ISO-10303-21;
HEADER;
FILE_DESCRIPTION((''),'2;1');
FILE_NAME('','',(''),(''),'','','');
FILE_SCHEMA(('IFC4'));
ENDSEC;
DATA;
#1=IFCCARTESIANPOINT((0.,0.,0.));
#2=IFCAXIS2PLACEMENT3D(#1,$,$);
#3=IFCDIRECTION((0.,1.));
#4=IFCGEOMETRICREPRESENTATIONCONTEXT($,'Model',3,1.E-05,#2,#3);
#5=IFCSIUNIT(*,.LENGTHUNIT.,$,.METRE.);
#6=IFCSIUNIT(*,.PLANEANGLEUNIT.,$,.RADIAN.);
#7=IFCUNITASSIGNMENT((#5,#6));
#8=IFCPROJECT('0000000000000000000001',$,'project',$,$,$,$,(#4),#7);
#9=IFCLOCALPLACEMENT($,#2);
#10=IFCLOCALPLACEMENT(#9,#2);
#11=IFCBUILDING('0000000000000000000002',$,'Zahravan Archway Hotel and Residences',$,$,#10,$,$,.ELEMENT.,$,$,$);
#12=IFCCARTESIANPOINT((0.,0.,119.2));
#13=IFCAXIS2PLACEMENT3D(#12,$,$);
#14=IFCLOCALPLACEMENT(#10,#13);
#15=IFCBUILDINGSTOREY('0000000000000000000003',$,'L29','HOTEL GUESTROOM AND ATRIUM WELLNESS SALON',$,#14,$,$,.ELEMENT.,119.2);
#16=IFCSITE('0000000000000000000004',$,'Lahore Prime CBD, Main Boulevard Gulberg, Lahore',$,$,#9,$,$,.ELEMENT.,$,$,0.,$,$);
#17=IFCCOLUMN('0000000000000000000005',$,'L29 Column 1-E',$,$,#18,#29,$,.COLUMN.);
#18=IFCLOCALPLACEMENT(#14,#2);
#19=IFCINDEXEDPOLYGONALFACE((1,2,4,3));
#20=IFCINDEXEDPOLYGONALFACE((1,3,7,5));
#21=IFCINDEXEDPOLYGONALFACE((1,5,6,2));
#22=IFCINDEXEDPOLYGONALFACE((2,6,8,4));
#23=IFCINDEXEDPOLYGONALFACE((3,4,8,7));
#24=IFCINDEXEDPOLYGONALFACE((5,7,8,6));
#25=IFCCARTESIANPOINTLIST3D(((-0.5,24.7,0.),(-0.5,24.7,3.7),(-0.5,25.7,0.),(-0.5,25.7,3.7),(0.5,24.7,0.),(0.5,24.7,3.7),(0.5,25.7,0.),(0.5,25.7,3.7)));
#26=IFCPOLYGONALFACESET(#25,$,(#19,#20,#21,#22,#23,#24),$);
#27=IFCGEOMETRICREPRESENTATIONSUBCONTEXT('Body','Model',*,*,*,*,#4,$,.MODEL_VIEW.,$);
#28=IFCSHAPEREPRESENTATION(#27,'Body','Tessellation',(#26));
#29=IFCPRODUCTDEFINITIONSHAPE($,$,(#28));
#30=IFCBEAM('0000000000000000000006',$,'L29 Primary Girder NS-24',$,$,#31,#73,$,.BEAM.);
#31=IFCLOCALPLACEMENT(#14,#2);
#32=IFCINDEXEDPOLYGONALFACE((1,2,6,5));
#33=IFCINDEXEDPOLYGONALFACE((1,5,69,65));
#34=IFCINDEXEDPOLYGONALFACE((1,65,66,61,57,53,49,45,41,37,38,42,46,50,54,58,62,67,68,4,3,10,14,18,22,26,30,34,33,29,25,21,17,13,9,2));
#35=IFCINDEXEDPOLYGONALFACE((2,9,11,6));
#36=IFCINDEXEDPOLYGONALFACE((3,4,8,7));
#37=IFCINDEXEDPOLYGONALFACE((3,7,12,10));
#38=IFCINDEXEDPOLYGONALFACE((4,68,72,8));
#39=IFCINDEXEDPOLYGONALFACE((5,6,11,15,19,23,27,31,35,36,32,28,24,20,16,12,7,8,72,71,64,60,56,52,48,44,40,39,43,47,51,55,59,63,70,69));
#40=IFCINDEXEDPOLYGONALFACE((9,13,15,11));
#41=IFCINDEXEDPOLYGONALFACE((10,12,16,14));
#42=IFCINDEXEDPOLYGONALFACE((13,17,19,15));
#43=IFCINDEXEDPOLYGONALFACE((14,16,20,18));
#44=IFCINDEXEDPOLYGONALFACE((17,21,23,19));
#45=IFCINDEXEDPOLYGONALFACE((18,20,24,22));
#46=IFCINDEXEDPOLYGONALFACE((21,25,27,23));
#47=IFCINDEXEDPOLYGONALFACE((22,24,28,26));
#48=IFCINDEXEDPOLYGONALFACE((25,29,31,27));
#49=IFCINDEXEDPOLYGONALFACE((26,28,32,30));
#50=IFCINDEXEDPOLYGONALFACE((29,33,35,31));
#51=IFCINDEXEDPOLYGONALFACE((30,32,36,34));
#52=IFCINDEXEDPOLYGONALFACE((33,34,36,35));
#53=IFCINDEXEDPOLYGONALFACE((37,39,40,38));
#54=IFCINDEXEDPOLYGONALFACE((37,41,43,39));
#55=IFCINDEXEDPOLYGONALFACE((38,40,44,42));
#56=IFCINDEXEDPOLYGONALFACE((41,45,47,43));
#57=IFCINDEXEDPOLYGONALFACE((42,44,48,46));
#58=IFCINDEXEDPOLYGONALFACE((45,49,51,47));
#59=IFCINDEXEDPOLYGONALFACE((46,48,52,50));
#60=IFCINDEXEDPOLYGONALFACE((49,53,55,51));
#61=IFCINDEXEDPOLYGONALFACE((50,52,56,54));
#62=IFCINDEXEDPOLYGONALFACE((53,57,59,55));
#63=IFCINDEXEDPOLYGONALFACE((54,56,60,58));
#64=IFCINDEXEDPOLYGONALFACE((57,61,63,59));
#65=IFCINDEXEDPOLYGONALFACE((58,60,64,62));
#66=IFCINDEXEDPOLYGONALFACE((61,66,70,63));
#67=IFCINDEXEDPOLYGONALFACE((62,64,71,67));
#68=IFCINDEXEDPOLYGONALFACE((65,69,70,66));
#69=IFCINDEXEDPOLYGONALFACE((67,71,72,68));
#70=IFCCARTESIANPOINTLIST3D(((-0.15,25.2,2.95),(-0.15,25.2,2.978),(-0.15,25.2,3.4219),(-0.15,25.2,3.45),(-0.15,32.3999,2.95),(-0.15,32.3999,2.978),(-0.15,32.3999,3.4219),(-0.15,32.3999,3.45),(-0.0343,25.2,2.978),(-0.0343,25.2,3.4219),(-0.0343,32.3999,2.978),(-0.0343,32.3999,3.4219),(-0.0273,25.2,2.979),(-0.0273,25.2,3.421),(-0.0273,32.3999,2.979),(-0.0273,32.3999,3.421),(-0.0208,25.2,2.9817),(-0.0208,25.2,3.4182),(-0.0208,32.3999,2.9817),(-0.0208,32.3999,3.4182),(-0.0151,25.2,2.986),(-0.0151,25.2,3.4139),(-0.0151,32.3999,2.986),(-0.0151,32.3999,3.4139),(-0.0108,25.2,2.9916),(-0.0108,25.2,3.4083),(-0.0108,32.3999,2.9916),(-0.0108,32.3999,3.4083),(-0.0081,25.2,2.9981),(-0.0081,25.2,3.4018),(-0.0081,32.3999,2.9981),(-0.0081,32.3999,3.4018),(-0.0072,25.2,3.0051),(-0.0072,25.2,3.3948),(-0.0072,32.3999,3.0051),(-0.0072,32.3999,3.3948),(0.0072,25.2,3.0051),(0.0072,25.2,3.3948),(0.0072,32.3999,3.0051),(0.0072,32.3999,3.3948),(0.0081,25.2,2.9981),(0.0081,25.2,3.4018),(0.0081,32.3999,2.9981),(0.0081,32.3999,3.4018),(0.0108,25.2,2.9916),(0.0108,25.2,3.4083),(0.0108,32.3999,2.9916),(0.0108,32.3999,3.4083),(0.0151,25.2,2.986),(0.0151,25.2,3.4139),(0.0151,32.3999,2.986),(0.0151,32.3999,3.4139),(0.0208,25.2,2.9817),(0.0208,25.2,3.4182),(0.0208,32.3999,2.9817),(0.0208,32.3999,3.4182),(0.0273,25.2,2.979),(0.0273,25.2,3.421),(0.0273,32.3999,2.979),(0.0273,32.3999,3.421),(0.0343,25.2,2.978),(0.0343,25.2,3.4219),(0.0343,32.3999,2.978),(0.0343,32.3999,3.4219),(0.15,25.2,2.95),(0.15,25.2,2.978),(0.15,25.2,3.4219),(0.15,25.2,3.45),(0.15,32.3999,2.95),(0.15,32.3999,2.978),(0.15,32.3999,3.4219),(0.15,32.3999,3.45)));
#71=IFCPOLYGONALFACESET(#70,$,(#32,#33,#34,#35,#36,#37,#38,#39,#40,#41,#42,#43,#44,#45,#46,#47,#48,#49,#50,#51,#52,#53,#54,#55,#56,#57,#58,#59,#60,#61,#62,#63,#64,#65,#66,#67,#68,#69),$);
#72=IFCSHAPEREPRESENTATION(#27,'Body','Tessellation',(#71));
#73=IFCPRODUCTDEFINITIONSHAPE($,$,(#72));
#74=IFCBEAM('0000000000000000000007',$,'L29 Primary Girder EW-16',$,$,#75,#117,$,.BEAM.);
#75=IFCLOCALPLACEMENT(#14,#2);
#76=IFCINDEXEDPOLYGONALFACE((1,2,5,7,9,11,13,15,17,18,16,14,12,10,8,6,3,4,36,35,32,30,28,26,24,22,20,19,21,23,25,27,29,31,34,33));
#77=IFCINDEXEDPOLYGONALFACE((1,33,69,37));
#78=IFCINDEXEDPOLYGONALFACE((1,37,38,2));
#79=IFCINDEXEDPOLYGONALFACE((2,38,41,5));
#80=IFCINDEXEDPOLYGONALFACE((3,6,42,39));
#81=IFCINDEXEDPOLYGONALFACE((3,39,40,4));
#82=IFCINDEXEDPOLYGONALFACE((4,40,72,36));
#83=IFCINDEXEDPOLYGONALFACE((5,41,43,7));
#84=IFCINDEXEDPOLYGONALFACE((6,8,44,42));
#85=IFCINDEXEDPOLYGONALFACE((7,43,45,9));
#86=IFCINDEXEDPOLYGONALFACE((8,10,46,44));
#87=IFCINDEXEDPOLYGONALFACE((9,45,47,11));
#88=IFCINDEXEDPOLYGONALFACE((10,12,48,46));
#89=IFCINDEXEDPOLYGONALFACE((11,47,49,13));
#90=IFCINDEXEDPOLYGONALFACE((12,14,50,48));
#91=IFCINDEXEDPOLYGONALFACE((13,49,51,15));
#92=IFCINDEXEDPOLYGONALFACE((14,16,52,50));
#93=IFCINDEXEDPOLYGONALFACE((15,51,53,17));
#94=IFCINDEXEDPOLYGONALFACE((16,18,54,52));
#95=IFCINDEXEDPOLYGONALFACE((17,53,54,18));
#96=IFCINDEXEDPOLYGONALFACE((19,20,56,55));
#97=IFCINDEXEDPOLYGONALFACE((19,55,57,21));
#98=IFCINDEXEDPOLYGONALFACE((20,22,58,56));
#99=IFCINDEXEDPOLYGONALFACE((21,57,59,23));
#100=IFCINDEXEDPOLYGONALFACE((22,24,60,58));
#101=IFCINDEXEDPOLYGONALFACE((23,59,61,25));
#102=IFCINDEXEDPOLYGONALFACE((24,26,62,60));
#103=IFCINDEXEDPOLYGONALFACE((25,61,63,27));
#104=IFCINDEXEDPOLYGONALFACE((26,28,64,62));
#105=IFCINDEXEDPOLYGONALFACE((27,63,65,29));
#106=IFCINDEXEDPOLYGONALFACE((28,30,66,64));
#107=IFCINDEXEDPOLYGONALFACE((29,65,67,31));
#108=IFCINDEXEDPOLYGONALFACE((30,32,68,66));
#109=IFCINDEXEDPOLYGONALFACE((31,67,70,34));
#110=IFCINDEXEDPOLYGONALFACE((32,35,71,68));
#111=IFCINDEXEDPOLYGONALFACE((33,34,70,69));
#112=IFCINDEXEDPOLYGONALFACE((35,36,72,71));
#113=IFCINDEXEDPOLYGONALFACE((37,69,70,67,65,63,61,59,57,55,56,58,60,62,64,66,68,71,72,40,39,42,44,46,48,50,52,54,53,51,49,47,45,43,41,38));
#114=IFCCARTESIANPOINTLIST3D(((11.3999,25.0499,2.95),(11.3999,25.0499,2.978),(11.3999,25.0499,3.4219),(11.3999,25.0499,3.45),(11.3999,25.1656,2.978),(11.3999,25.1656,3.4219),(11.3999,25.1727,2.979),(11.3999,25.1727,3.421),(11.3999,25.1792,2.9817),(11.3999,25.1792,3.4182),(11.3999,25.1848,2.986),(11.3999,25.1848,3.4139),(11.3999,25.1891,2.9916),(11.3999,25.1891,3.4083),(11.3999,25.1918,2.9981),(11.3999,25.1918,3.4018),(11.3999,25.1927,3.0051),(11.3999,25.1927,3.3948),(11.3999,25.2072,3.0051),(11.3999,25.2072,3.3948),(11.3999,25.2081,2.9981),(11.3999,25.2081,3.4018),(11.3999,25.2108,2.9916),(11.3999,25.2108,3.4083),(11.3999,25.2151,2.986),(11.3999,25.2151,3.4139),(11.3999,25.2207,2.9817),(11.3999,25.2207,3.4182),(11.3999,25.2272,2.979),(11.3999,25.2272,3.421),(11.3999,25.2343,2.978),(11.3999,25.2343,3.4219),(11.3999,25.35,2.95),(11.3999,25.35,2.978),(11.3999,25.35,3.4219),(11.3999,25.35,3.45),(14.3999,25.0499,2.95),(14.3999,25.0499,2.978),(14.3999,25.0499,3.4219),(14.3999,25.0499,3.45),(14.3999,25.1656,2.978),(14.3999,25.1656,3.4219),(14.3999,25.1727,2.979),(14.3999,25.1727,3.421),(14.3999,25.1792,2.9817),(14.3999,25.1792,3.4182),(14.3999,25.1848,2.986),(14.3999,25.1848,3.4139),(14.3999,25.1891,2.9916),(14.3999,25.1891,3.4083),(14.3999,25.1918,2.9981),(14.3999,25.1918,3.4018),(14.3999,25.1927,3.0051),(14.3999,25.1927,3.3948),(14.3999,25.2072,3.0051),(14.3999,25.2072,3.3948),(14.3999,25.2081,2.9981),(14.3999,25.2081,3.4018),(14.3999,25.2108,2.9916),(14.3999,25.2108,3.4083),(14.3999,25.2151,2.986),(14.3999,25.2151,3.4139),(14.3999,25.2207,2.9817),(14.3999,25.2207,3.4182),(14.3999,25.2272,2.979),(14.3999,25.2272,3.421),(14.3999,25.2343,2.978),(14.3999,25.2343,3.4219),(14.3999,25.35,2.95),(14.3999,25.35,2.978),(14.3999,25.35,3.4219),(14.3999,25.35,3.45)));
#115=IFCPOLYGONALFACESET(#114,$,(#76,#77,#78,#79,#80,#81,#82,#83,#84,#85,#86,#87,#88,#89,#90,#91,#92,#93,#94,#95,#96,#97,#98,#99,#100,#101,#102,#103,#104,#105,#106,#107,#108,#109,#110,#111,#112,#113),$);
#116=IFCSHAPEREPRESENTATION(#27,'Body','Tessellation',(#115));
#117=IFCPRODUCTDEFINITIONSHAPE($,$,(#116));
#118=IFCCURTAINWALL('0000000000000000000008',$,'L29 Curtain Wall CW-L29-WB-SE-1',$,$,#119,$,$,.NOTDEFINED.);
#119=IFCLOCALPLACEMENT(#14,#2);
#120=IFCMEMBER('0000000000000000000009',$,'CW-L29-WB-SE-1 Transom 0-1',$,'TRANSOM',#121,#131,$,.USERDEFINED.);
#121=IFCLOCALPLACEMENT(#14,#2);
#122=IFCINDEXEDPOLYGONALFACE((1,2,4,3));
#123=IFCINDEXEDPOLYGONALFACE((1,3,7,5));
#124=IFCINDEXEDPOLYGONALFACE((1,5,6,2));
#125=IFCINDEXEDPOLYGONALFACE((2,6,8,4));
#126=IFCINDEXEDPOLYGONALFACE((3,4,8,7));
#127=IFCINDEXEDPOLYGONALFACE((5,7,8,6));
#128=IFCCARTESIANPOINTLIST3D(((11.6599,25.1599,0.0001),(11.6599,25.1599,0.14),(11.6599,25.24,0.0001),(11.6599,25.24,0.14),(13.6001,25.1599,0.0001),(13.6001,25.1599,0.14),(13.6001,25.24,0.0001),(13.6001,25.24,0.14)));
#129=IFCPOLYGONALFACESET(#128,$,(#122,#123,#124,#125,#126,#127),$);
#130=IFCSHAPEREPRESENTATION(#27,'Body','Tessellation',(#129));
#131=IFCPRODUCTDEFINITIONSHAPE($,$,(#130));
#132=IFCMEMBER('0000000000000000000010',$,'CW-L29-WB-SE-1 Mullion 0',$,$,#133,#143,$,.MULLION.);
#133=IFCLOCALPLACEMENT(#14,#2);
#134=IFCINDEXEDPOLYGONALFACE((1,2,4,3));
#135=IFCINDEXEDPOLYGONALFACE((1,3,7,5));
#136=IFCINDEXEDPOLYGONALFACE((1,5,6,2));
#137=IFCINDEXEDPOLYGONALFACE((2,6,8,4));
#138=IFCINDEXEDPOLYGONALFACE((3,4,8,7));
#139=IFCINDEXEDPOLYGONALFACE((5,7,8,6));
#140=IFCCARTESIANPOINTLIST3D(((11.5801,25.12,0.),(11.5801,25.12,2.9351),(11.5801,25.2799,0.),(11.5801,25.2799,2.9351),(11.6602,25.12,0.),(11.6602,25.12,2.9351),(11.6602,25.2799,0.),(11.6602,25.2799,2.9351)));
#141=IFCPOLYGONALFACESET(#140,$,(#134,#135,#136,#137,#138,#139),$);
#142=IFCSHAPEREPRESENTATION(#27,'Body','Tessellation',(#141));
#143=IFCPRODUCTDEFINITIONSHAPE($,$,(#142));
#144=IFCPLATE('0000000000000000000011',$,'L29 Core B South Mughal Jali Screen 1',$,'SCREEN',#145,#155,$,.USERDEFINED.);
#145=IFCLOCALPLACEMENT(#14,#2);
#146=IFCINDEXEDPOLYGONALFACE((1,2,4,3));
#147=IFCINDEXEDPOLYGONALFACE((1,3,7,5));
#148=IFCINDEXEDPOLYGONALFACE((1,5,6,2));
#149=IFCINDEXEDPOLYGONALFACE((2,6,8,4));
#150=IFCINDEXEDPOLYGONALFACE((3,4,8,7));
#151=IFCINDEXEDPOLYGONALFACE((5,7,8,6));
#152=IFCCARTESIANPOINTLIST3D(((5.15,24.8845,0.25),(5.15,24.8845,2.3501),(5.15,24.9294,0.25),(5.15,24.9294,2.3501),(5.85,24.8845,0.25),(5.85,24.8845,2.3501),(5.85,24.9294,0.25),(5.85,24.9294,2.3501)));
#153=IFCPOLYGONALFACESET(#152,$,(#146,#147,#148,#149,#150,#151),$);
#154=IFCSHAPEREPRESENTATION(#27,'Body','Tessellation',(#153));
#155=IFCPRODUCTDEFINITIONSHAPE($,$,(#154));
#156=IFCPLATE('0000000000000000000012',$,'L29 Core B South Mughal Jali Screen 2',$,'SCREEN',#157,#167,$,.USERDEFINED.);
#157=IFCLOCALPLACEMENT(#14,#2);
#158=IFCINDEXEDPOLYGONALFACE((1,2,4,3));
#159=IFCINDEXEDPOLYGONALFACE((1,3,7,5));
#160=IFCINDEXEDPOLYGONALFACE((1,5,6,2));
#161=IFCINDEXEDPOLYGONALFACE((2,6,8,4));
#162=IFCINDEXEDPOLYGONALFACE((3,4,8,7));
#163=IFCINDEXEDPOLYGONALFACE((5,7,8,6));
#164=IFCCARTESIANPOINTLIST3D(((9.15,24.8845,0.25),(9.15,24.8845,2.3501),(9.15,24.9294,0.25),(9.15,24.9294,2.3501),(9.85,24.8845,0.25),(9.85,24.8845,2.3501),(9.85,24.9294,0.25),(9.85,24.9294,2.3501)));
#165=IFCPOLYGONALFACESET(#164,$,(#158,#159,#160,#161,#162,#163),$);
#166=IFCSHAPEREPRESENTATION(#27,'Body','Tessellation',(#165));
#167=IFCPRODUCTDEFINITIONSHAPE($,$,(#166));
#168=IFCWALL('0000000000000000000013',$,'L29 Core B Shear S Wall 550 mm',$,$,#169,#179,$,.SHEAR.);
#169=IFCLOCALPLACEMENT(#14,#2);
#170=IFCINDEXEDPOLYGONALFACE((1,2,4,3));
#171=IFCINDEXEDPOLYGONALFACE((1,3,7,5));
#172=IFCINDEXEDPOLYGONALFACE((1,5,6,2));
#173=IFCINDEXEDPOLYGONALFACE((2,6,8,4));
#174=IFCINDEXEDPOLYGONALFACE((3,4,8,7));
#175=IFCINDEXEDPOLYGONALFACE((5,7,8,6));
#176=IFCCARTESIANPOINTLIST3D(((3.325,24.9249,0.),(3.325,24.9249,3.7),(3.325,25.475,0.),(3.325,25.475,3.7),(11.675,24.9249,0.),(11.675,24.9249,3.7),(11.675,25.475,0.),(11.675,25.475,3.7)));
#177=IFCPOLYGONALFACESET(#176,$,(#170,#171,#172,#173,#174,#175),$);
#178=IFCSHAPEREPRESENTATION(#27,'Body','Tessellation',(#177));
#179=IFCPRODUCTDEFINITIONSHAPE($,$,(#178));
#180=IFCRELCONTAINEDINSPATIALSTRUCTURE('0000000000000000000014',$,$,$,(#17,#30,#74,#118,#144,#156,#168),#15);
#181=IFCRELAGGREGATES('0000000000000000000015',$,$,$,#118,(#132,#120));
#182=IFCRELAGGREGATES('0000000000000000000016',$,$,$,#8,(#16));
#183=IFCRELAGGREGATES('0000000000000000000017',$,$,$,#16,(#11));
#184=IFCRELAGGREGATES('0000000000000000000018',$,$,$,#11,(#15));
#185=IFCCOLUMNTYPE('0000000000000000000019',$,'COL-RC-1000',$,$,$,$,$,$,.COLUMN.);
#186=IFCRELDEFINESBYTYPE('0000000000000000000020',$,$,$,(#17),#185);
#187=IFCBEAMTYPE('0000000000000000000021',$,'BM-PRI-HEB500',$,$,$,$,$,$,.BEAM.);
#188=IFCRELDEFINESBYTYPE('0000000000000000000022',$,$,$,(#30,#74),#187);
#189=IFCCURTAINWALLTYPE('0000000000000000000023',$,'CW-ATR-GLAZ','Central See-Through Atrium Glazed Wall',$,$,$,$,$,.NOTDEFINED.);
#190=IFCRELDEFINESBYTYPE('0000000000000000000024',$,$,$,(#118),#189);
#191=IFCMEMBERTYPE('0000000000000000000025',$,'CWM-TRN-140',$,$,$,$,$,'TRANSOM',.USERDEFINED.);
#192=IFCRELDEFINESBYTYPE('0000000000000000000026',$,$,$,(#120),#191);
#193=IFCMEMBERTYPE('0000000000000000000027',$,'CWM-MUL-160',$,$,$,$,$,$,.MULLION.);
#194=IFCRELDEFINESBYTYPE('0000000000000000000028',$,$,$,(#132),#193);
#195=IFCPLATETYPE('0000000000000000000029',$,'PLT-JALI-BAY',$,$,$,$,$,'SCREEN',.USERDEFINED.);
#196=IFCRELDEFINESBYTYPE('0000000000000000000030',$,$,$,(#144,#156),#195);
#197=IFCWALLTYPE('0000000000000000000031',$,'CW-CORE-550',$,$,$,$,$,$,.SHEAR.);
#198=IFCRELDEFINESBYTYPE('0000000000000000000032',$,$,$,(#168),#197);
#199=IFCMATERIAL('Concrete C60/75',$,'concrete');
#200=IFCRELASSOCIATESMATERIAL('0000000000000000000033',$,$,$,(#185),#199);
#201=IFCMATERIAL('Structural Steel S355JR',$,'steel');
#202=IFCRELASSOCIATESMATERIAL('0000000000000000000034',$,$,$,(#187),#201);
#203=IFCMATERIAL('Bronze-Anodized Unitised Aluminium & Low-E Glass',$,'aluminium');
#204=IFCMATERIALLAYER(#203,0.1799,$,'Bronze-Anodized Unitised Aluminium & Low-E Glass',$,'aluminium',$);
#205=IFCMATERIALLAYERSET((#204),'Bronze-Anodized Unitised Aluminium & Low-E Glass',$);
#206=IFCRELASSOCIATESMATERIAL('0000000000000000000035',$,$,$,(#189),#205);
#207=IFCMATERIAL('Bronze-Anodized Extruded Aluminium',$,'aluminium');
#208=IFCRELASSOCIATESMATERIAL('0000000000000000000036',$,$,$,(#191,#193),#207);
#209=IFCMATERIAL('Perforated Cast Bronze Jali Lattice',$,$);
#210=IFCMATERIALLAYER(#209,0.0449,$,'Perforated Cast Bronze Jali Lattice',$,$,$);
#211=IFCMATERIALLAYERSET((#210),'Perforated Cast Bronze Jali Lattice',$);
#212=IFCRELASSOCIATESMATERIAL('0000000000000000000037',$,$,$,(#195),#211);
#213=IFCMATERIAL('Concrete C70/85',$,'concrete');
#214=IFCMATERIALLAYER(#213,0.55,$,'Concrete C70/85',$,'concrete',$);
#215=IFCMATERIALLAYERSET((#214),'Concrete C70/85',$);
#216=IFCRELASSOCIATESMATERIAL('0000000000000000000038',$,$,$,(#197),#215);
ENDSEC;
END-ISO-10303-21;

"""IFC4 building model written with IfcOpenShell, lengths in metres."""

from ifc_helpers import new_model, si_unit, direction, frame, frame_2d, origin, origin_2d, place, context, subcontext, project, spatial, rectangle, i_section, extrude, source, transform, mapped, material, layer, layer_set, material_profile, profile_set, type_object, type_shapes, element, aggregate, save


model = new_model("IFC4")

# Units and contexts
model_context = context("Model", 3, precision=1e-05, world=origin(), true_north=direction((0.0, 1.0)))
body_context = subcontext(model_context, "Body", "Model", "MODEL_VIEW")
ifc_project = project(units=[si_unit("LENGTHUNIT", "METRE"), si_unit("PLANEANGLEUNIT", "RADIAN")], contexts=[model_context])

# Site, building, storey
site_placement = place(None, origin())
site = spatial("IfcSite", under=ifc_project, at=site_placement, Name="Lahore Prime CBD, Main Boulevard Gulberg, Lahore", CompositionType="ELEMENT", RefElevation=0.0)
building_placement = place(site_placement, origin())
building = spatial("IfcBuilding", under=site, at=building_placement, Name="Zahravan Archway Hotel and Residences", CompositionType="ELEMENT")
storey_placement = place(building_placement, frame((0.0, 0.0, 119.2)))
storey = spatial("IfcBuildingStorey", under=building, at=storey_placement, Name="L29", Description="HOTEL GUESTROOM AND ATRIUM WELLNESS SALON", CompositionType="ELEMENT", Elevation=119.2)

# Column
ifc_material_1 = material(Name="Concrete C60/75", Category="concrete")
ifc_material_profile_1 = material_profile(ifc_material_1, rectangle(XDim=1.0, YDim=1.0, at=origin_2d()), Name="RC-COL-1000x1000", Category="concrete")
ifc_profile_set_1 = profile_set([ifc_material_profile_1], Name="Concrete C60/75")
column_type = type_object("IfcColumnType", Name="COL-RC-1000", PredefinedType="COLUMN", material=ifc_profile_set_1)
shared_shape_1 = source(origin(), body_context, "Body", "SweptSolid", [
    extrude(rectangle(XDim=1.0, YDim=1.0, at=origin_2d()), origin(), (0.0, 0.0, 1.0), 3.7),
])
type_shapes(column_type, [shared_shape_1])
column_placement = place(storey_placement, frame((0.0, 25.2, 0.0), z_axis=(0.0, 0.0, 1.0), x_axis=(1.0, 0.0, 0.0)))
element("IfcColumn", 1, at=column_placement, inside=storey, type_object=column_type, Name="L29 Column 1-E", PredefinedType="COLUMN", context=body_context, shape_type="MappedRepresentation", body=[
    mapped(shared_shape_1, transform((0.0, 0.0, 0.0), scale=1.0)),
])

# Beams
ifc_material_2 = material(Name="Structural Steel S355JR", Category="steel")
ifc_material_profile_2 = material_profile(ifc_material_2, i_section(OverallWidth=0.3, OverallDepth=0.5, WebThickness=0.0144, FlangeThickness=0.0281, FilletRadius=0.0271, at=origin_2d()), Name="HEB 500", Category="steel")
ifc_profile_set_2 = profile_set([ifc_material_profile_2], Name="Structural Steel S355JR")
beam_type = type_object("IfcBeamType", Name="BM-PRI-HEB500", PredefinedType="BEAM", material=ifc_profile_set_2)
shared_shape_2 = source(origin(), body_context, "Body", "SweptSolid", [
    extrude(i_section(OverallWidth=0.3, OverallDepth=0.5, WebThickness=0.0144, FlangeThickness=0.0281, FilletRadius=0.0271, at=origin_2d()), origin(), (0.0, 0.0, 1.0), 7.2),
])
beam_1_placement = place(storey_placement, frame((0.0, 25.2, 3.2), z_axis=(0.0, 1.0, 0.0), x_axis=(-1.0, 0.0, 0.0)))
element("IfcBeam", 2, at=beam_1_placement, inside=storey, type_object=beam_type, Name="L29 Primary Girder NS-24", PredefinedType="BEAM", context=body_context, shape_type="MappedRepresentation", body=[
    mapped(shared_shape_2, transform((0.0, 0.0, 0.0), scale=1.0)),
])
shared_shape_3 = source(origin(), body_context, "Body", "SweptSolid", [
    extrude(i_section(OverallWidth=0.3, OverallDepth=0.5, WebThickness=0.0144, FlangeThickness=0.0281, FilletRadius=0.0271, at=origin_2d()), origin(), (0.0, 0.0, 1.0), 3.0),
])
beam_2_placement = place(storey_placement, frame((11.3999, 25.2, 3.2), z_axis=(1.0, 0.0, 0.0), x_axis=(0.0, 1.0, 0.0)))
element("IfcBeam", 3, at=beam_2_placement, inside=storey, type_object=beam_type, Name="L29 Primary Girder EW-16", PredefinedType="BEAM", context=body_context, shape_type="MappedRepresentation", body=[
    mapped(shared_shape_3, transform((0.0, 0.0, 0.0), scale=1.0)),
])

# Curtain wall, members
ifc_material_3 = material(Name="Bronze-Anodized Unitised Aluminium & Low-E Glass", Category="aluminium")
ifc_layer_1 = layer(ifc_material_3, 0.1799, Name="Bronze-Anodized Unitised Aluminium & Low-E Glass", Category="aluminium")
ifc_layer_set_1 = layer_set([ifc_layer_1], Name="Bronze-Anodized Unitised Aluminium & Low-E Glass")
curtain_wall_type = type_object("IfcCurtainWallType", Name="CW-ATR-GLAZ", Description="Central See-Through Atrium Glazed Wall", PredefinedType="NOTDEFINED", material=ifc_layer_set_1)
curtain_wall_placement = place(storey_placement, origin())
curtain_wall = element("IfcCurtainWall", 4, at=curtain_wall_placement, inside=storey, type_object=curtain_wall_type, Name="L29 Curtain Wall CW-L29-WB-SE-1", PredefinedType="NOTDEFINED")
ifc_material_4 = material(Name="Bronze-Anodized Extruded Aluminium", Category="aluminium")
ifc_material_profile_3 = material_profile(ifc_material_4, rectangle(XDim=0.0801, YDim=0.1399, at=origin_2d()), Name="TRN 80x140", Category="aluminium")
ifc_profile_set_3 = profile_set([ifc_material_profile_3], Name="Bronze-Anodized Extruded Aluminium")
member_type_1 = type_object("IfcMemberType", Name="CWM-TRN-140", ElementType="TRANSOM", PredefinedType="USERDEFINED", material=ifc_profile_set_3)
shared_shape_4 = source(origin(), body_context, "Body", "SweptSolid", [
    extrude(rectangle(XDim=0.0801, YDim=0.1399, at=origin_2d()), origin(), (0.0, 0.0, 1.0), 1.9402),
])
member_1_placement = place(storey_placement, frame((11.6599, 25.2, 0.0701), z_axis=(1.0, 0.0, 0.0), x_axis=(0.0, 1.0, 0.0)))
member_1 = element("IfcMember", 5, at=member_1_placement, type_object=member_type_1, Name="CW-L29-WB-SE-1 Transom 0-1", ObjectType="TRANSOM", PredefinedType="USERDEFINED", context=body_context, shape_type="MappedRepresentation", body=[
    mapped(shared_shape_4, transform((0.0, 0.0, 0.0), scale=1.0)),
])
ifc_material_profile_4 = material_profile(ifc_material_4, rectangle(XDim=0.0801, YDim=0.1599, at=origin_2d()), Name="MUL 80x160", Category="aluminium")
ifc_profile_set_4 = profile_set([ifc_material_profile_4], Name="Bronze-Anodized Extruded Aluminium")
member_type_2 = type_object("IfcMemberType", Name="CWM-MUL-160", PredefinedType="MULLION", material=ifc_profile_set_4)
shared_shape_5 = source(origin(), body_context, "Body", "SweptSolid", [
    extrude(rectangle(XDim=0.0801, YDim=0.1599, at=origin_2d()), origin(), (0.0, 0.0, 1.0), 2.9351),
])
member_2_placement = place(storey_placement, frame((11.6201, 25.2, 0.0), z_axis=(0.0, 0.0, 1.0), x_axis=(1.0, 0.0, 0.0)))
member_2 = element("IfcMember", 6, at=member_2_placement, type_object=member_type_2, Name="CW-L29-WB-SE-1 Mullion 0", PredefinedType="MULLION", context=body_context, shape_type="MappedRepresentation", body=[
    mapped(shared_shape_5, transform((0.0, 0.0, 0.0), scale=1.0)),
])
aggregate(curtain_wall, [member_2, member_1])

# Plates
ifc_material_5 = material(Name="Perforated Cast Bronze Jali Lattice")
ifc_layer_2 = layer(ifc_material_5, 0.0449, Name="Perforated Cast Bronze Jali Lattice")
ifc_layer_set_2 = layer_set([ifc_layer_2], Name="Perforated Cast Bronze Jali Lattice")
plate_type = type_object("IfcPlateType", Name="PLT-JALI-BAY", ElementType="SCREEN", PredefinedType="USERDEFINED", material=ifc_layer_set_2)
shared_shape_6 = source(origin(), body_context, "Body", "SweptSolid", [
    extrude(rectangle(XDim=0.7, YDim=0.0449, at=origin_2d()), origin(), (0.0, 0.0, 1.0), 2.1001),
])
type_shapes(plate_type, [shared_shape_6])
for number, where, z_axis, x_axis, name in (
    (7, (5.5, 24.907, 0.25), (0.0, 0.0, 1.0), (1.0, 0.0, 0.0), "L29 Core B South Mughal Jali Screen 1"),
    (8, (9.5, 24.907, 0.25), (0.0, 0.0, 1.0), (1.0, 0.0, 0.0), "L29 Core B South Mughal Jali Screen 2"),
):
    element("IfcPlate", number, at=place(storey_placement, frame(where, z_axis=z_axis, x_axis=x_axis)), inside=storey, type_object=plate_type, Name=name, ObjectType="SCREEN", PredefinedType="USERDEFINED", context=body_context, shape_type="MappedRepresentation", body=[
        mapped(shared_shape_6, transform((0.0, 0.0, 0.0), scale=1.0)),
    ])

# Wall
ifc_material_6 = material(Name="Concrete C70/85", Category="concrete")
ifc_layer_3 = layer(ifc_material_6, 0.55, Name="Concrete C70/85", Category="concrete")
ifc_layer_set_3 = layer_set([ifc_layer_3], Name="Concrete C70/85")
wall_type_1 = type_object("IfcWallType", Name="CW-CORE-550", PredefinedType="SHEAR", material=ifc_layer_set_3)
wall_1_placement = place(storey_placement, frame((3.325, 25.2, 0.0), z_axis=(0.0, 0.0, 1.0), x_axis=(1.0, 0.0, 0.0)))
element("IfcWall", 9, at=wall_1_placement, inside=storey, type_object=wall_type_1, Name="L29 Core B Shear S Wall 550 mm", PredefinedType="SHEAR", context=body_context, shape_type="SweptSolid", body=[
    extrude(rectangle(XDim=8.3501, YDim=0.55, at=frame_2d((4.175, 0.0))), origin(), (0.0, 0.0, 1.0), 3.7),
])

save(model, "model.ifc")
